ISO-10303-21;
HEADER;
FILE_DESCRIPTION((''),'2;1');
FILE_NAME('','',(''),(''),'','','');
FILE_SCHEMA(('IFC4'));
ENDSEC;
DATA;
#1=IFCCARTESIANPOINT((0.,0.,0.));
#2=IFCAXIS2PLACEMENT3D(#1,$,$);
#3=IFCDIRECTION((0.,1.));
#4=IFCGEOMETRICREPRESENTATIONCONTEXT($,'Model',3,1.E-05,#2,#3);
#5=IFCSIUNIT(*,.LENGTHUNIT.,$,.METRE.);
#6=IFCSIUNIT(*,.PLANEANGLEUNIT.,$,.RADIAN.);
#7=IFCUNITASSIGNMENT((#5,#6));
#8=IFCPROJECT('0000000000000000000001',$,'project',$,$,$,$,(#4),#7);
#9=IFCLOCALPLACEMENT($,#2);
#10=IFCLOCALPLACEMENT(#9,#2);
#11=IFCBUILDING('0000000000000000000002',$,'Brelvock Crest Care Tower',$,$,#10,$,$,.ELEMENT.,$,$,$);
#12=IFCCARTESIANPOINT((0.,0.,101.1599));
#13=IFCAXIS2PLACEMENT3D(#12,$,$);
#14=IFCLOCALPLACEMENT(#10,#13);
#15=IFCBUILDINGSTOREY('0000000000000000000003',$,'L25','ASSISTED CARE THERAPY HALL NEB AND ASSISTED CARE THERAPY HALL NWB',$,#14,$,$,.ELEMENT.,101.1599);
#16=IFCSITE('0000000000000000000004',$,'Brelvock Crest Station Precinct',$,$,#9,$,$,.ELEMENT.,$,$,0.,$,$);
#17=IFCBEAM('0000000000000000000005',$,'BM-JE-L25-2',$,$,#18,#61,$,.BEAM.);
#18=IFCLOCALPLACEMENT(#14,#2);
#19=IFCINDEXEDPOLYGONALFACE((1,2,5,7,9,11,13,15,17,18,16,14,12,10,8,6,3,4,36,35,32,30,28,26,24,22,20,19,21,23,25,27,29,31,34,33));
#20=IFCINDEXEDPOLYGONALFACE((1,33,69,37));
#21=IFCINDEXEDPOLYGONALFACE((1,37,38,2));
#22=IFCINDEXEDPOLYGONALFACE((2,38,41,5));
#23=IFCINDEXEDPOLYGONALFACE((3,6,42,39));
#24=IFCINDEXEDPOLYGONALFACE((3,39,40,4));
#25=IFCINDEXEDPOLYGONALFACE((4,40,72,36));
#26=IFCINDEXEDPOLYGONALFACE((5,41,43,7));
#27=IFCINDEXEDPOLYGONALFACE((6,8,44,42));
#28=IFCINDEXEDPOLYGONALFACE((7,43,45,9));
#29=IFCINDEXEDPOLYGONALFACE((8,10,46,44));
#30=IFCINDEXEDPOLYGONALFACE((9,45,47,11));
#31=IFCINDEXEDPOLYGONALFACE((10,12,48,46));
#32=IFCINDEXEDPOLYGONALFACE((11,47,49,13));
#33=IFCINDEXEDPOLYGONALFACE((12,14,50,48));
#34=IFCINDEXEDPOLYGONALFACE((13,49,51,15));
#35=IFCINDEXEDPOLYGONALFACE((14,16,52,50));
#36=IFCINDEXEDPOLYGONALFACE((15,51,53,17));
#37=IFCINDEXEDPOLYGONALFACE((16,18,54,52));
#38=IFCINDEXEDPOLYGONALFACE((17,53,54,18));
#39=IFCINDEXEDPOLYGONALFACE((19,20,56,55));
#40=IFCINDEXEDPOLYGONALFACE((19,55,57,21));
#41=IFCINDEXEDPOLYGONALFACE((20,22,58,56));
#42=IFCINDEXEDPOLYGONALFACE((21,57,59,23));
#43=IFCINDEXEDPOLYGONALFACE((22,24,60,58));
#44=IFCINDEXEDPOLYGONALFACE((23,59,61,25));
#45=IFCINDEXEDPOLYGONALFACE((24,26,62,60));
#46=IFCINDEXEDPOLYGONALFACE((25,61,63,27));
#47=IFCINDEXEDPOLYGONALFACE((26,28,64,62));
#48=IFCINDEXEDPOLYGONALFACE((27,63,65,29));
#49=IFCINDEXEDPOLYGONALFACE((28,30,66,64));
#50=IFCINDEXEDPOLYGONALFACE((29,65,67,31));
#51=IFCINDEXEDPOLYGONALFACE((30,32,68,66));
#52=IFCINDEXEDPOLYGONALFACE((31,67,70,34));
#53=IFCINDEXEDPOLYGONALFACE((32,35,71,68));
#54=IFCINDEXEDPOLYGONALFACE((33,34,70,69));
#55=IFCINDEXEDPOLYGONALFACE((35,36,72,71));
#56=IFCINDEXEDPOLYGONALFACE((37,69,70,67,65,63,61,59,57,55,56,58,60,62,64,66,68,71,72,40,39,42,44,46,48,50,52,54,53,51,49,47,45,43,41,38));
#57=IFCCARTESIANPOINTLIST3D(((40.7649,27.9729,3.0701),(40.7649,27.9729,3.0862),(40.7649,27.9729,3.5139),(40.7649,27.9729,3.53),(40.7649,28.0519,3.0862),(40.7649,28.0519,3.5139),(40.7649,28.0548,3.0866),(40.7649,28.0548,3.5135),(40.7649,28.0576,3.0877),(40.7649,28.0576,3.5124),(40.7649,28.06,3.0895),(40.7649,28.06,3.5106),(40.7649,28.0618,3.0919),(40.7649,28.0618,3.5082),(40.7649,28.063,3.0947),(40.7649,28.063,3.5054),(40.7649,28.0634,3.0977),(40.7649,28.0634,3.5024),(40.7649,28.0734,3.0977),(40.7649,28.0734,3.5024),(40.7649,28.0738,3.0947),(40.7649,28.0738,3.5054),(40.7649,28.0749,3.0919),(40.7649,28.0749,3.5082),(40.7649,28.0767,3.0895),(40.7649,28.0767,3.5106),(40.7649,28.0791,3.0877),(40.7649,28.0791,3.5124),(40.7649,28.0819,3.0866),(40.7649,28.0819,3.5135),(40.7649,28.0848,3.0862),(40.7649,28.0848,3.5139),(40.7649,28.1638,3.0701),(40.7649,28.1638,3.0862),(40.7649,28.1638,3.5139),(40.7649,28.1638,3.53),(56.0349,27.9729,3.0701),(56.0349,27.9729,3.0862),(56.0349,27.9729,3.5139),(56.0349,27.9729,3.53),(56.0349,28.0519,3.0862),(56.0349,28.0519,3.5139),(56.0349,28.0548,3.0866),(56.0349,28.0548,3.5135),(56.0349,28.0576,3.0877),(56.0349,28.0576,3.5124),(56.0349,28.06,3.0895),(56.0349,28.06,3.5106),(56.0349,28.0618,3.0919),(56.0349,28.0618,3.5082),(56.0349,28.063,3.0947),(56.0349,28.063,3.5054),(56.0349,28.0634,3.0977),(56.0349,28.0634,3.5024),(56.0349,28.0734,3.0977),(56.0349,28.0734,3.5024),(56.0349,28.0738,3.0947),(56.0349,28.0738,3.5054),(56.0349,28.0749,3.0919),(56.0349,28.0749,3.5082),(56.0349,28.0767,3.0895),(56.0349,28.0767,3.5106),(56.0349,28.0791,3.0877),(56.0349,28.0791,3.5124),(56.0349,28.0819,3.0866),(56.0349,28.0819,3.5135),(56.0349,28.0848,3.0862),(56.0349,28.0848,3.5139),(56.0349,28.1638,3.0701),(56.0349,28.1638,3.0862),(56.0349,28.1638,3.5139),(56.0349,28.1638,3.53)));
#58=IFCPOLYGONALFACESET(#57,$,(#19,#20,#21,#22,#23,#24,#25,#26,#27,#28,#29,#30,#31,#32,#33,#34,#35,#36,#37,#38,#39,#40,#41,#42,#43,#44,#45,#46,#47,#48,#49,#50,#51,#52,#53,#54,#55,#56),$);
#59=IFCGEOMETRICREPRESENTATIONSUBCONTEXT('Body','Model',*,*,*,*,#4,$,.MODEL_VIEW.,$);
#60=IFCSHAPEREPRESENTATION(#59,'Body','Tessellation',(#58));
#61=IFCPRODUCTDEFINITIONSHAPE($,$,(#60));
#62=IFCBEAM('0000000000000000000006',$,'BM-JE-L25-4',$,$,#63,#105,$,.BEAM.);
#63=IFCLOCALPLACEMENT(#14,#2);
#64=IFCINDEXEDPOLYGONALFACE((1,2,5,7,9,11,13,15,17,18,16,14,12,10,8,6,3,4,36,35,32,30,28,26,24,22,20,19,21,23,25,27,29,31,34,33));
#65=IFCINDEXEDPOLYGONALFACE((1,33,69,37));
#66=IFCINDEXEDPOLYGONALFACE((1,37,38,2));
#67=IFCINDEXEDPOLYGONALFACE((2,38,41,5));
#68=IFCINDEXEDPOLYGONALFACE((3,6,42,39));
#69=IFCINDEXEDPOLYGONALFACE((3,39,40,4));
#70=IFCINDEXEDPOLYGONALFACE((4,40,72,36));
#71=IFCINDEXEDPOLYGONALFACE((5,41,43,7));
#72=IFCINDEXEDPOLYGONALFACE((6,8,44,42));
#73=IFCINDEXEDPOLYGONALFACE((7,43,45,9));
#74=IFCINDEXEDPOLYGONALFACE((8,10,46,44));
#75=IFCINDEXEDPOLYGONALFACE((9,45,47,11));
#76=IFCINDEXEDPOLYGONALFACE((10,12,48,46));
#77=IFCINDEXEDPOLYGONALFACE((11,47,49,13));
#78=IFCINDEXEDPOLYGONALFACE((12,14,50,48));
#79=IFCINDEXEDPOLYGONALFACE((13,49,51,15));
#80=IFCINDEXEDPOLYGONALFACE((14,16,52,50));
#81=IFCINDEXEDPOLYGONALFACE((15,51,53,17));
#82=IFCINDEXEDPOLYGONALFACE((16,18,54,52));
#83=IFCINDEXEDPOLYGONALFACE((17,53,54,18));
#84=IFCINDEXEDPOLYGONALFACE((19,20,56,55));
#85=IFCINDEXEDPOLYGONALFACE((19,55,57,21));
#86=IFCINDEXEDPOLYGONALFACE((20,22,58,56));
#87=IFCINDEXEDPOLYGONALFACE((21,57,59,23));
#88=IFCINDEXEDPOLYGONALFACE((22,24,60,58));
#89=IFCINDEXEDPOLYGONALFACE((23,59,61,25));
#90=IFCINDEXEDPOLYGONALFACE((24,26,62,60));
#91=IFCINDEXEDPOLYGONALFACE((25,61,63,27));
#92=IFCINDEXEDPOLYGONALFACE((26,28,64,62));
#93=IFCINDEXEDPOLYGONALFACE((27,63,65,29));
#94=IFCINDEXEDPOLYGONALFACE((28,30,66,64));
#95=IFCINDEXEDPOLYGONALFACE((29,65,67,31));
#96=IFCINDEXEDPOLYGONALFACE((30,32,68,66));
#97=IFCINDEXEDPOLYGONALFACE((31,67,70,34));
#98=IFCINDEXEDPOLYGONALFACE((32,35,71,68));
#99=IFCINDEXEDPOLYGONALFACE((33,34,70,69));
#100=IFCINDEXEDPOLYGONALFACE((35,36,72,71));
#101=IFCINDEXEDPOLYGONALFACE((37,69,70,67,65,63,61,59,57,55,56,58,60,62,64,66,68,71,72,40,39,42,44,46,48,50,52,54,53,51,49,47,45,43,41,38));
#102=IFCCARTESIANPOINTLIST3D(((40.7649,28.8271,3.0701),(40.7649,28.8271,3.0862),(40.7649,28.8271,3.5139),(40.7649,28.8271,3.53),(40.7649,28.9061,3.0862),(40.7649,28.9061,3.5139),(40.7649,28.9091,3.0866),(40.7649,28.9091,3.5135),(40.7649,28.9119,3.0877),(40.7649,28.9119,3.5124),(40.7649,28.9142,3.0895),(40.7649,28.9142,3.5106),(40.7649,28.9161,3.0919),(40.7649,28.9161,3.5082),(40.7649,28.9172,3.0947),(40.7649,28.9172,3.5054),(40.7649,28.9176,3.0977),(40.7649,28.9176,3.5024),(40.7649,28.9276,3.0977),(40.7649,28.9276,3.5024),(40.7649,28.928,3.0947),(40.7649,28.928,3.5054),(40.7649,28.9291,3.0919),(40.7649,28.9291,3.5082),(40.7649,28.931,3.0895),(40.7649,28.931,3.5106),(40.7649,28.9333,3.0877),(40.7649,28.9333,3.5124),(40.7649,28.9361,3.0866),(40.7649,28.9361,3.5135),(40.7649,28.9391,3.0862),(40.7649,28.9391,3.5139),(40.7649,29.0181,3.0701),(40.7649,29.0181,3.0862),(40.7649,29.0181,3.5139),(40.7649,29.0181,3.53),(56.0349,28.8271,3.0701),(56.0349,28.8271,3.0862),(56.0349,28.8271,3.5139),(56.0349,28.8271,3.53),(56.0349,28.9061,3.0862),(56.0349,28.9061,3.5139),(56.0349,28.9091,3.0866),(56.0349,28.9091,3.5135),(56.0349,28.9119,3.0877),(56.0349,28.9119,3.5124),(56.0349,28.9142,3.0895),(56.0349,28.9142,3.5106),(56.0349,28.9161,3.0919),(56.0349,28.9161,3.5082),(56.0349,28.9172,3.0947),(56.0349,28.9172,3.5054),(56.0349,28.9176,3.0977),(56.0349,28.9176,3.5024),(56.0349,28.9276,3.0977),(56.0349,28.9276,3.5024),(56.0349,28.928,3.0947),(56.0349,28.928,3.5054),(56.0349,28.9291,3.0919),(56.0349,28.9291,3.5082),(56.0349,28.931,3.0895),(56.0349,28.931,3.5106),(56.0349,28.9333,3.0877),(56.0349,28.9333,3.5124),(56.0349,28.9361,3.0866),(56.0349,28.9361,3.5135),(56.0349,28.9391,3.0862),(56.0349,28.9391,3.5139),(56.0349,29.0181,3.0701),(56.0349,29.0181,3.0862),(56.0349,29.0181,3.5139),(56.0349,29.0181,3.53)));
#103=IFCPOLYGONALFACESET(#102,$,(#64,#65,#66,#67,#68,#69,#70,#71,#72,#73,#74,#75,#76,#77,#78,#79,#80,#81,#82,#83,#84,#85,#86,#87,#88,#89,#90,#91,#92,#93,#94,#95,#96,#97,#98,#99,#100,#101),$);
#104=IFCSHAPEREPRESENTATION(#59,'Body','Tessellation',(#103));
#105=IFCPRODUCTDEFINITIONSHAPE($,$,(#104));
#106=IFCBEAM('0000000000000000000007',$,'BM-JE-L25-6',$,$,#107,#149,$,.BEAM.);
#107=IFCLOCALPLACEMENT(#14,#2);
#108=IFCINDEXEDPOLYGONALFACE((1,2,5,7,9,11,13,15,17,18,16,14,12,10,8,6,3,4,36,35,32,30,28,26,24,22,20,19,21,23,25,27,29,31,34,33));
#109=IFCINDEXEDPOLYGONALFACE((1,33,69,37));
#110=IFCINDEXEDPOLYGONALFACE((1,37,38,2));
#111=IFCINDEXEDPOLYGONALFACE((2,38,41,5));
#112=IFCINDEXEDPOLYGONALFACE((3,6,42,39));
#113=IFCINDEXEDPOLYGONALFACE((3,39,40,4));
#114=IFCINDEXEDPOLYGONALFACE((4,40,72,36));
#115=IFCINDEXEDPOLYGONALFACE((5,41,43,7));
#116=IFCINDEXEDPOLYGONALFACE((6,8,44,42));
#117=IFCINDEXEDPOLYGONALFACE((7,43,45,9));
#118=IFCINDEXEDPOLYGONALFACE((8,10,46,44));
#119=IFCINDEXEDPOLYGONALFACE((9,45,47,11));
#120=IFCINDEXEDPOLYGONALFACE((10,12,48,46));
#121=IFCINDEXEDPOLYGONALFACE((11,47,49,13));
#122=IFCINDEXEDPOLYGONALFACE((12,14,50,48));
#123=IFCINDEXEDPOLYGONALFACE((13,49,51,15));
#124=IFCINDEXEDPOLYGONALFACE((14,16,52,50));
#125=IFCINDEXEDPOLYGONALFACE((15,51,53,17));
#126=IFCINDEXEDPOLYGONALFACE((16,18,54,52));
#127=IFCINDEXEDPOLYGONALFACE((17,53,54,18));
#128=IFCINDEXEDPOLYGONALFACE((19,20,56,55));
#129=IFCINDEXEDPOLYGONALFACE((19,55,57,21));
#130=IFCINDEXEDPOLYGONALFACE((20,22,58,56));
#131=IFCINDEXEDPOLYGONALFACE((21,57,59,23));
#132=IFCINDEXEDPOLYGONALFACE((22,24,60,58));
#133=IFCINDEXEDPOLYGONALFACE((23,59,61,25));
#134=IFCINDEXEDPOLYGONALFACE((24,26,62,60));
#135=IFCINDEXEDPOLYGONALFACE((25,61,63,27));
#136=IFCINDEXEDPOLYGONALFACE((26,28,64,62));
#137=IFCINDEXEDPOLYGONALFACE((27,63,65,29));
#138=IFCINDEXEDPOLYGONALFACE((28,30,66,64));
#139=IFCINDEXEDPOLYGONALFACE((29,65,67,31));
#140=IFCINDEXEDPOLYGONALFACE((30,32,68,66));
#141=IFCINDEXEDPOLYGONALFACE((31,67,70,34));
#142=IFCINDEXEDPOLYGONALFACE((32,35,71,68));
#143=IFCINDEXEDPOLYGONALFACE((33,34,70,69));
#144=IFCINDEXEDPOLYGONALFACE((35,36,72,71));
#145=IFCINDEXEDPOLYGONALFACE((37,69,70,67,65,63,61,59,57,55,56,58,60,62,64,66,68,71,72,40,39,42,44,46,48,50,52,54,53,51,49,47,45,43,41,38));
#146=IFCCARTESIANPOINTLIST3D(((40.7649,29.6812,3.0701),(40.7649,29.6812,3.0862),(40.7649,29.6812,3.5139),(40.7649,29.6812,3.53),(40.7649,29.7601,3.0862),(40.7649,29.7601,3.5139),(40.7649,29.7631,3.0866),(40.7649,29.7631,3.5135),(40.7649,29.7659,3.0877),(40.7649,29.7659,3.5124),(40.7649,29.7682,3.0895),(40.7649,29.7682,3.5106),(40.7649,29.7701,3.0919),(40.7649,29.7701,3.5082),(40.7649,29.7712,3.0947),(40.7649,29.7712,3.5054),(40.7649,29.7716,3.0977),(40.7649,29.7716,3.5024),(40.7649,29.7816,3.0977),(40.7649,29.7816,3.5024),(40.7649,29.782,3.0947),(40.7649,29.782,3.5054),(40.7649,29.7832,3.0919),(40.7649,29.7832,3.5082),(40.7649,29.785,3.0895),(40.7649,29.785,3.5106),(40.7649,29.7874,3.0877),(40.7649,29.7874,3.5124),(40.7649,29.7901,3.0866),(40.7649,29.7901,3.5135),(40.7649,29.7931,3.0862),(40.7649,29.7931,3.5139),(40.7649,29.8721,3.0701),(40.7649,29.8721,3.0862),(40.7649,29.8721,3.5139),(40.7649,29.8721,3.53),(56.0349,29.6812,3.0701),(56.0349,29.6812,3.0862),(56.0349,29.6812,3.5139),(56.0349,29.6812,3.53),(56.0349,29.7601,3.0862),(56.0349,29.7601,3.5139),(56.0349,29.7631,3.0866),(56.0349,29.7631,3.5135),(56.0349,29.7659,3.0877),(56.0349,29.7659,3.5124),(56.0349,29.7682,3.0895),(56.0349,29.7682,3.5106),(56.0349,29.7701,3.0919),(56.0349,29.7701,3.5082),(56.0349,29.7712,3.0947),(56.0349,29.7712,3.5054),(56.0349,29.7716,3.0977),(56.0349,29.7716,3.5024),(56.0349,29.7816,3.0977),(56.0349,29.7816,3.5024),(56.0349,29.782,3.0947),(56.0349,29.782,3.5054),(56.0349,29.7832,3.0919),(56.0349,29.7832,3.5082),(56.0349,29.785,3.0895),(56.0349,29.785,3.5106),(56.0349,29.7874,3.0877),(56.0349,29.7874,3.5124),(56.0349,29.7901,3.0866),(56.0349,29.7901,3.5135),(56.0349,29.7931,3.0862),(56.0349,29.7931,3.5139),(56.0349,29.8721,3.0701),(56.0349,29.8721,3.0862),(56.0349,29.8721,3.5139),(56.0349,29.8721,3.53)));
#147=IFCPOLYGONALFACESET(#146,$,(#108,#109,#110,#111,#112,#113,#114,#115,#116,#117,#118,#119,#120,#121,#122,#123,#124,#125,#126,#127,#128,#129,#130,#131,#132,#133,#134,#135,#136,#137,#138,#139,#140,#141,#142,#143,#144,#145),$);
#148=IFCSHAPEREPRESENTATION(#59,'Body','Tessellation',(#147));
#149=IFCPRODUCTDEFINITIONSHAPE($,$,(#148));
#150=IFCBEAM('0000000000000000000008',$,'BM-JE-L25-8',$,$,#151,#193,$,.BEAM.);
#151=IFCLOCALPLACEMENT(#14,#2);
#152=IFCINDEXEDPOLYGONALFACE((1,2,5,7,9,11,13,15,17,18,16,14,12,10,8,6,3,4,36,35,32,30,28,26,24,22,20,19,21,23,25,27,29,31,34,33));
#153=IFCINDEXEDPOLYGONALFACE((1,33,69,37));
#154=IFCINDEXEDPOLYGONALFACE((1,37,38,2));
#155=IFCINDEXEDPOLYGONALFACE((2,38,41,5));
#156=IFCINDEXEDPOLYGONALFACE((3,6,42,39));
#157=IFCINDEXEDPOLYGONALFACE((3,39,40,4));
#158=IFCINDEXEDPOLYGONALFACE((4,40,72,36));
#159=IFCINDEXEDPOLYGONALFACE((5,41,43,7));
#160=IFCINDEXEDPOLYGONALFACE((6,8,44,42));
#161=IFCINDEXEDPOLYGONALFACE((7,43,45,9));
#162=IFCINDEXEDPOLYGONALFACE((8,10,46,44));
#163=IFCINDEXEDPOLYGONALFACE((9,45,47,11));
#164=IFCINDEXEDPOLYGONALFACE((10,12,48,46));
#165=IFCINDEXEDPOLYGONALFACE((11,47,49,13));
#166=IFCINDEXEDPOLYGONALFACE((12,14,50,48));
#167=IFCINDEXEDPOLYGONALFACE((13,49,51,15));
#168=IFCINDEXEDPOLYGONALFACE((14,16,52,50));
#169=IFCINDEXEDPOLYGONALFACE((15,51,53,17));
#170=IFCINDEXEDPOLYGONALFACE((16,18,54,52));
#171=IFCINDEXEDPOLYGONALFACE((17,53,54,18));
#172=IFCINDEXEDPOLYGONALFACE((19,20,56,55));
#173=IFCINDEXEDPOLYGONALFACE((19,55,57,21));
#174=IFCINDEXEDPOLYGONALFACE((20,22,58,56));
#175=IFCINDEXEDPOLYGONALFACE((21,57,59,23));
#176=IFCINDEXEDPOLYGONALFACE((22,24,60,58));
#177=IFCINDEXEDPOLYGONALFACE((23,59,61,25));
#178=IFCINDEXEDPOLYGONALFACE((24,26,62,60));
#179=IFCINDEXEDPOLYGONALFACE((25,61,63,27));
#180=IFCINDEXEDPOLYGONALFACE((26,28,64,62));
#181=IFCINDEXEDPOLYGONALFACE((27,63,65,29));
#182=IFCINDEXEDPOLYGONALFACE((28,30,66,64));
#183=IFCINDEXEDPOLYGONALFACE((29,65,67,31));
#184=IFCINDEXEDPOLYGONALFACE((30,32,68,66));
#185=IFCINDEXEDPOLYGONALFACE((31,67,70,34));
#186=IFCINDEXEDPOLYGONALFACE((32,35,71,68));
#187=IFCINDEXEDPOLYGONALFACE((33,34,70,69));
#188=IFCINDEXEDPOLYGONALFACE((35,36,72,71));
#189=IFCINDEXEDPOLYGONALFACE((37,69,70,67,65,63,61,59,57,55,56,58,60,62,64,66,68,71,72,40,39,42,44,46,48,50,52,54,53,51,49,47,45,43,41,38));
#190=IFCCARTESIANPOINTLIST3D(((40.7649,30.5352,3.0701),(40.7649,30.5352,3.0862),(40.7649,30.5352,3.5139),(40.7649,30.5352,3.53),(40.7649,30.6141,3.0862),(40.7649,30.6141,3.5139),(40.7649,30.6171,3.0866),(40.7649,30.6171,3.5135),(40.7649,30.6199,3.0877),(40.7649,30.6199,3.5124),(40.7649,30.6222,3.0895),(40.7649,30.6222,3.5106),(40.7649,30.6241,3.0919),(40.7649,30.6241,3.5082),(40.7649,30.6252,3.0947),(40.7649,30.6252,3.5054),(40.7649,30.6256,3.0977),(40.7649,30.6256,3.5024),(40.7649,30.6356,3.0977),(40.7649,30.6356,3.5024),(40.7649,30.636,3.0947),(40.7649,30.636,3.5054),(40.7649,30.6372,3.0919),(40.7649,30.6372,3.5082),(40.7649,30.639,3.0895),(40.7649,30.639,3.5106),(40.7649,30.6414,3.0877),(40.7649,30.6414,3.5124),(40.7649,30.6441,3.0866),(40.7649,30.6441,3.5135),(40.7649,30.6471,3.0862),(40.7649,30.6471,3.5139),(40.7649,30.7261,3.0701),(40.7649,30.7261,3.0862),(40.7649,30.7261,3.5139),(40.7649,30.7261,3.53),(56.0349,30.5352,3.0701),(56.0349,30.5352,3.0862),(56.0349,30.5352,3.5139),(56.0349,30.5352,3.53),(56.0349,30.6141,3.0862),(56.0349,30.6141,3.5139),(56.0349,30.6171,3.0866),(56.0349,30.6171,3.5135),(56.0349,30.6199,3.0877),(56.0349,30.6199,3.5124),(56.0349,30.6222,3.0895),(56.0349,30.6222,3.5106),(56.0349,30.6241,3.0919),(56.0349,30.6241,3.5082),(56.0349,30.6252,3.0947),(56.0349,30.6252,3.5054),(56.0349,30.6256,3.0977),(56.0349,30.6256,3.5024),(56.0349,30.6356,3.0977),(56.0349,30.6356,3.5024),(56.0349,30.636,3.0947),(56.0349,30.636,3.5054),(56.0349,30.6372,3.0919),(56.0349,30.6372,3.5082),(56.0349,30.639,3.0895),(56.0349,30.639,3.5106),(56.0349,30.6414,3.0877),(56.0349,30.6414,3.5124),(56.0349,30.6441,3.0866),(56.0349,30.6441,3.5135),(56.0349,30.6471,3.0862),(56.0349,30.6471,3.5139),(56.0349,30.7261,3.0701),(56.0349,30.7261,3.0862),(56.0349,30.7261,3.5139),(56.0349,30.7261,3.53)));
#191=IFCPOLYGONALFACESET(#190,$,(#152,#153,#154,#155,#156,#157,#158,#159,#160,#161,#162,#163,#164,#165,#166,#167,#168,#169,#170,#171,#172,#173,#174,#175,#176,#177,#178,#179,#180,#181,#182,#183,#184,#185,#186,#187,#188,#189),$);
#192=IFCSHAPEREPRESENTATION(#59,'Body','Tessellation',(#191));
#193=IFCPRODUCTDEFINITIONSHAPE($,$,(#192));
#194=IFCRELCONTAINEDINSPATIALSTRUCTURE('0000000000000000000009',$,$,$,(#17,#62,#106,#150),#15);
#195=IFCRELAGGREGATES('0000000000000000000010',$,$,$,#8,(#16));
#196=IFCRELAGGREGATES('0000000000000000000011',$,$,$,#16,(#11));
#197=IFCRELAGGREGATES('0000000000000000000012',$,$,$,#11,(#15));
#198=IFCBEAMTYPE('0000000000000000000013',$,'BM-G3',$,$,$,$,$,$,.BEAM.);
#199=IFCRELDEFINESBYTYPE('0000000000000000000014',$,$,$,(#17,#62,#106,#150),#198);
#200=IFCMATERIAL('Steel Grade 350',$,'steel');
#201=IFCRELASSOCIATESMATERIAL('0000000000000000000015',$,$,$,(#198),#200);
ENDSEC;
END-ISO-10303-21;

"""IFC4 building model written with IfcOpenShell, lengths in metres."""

from ifc_helpers import new_model, si_unit, direction, frame, origin, origin_2d, place, context, subcontext, project, spatial, i_section, extrude, source, transform, mapped, material, material_profile, profile_set, type_object, element, save


model = new_model("IFC4")

# Units and contexts
model_context = context("Model", 3, precision=1e-05, world=origin(), true_north=direction((0.0, 1.0)))
body_context = subcontext(model_context, "Body", "Model", "MODEL_VIEW")
ifc_project = project(units=[si_unit("LENGTHUNIT", "METRE"), si_unit("PLANEANGLEUNIT", "RADIAN")], contexts=[model_context])

# Site, building, storey
site_placement = place(None, origin())
site = spatial("IfcSite", under=ifc_project, at=site_placement, Name="Brelvock Crest Station Precinct", CompositionType="ELEMENT", RefElevation=0.0)
building_placement = place(site_placement, origin())
building = spatial("IfcBuilding", under=site, at=building_placement, Name="Brelvock Crest Care Tower", CompositionType="ELEMENT")
storey_placement = place(building_placement, frame((0.0, 0.0, 101.1599)))
storey = spatial("IfcBuildingStorey", under=building, at=storey_placement, Name="L25", Description="ASSISTED CARE THERAPY HALL NEB AND ASSISTED CARE THERAPY HALL NWB", CompositionType="ELEMENT", Elevation=101.1599)

# Shared definitions
ifc_material_1 = material(Name="Steel Grade 350", Category="steel")

# Beams
ifc_material_profile_1 = material_profile(ifc_material_1, i_section(OverallWidth=0.1909, OverallDepth=0.46, WebThickness=0.01, FlangeThickness=0.0161, FilletRadius=0.0115, at=origin_2d()), Name="460UB82.1")
ifc_profile_set_1 = profile_set([ifc_material_profile_1], Name="Steel Grade 350")
beam_type_1 = type_object("IfcBeamType", Name="BM-G3", PredefinedType="BEAM", material=ifc_profile_set_1)
shared_shape_1 = source(origin(), body_context, "Body", "SweptSolid", [
    extrude(i_section(OverallWidth=0.1909, OverallDepth=0.46, WebThickness=0.01, FlangeThickness=0.0161, FilletRadius=0.0115, at=origin_2d()), origin(), (0.0, 0.0, 1.0), 15.27),
])
for number, where, z_axis, x_axis, name in (
    (1, (40.7649, 28.0684, 3.3), (1.0, 0.0, 0.0), (0.0, 1.0, 0.0), "BM-JE-L25-2"),
    (2, (40.7649, 28.9226, 3.3), (1.0, 0.0, 0.0), (0.0, 1.0, 0.0), "BM-JE-L25-4"),
    (3, (40.7649, 29.7766, 3.3), (1.0, 0.0, 0.0), (0.0, 1.0, 0.0), "BM-JE-L25-6"),
    (4, (40.7649, 30.6306, 3.3), (1.0, 0.0, 0.0), (0.0, 1.0, 0.0), "BM-JE-L25-8"),
):
    element("IfcBeam", number, at=place(storey_placement, frame(where, z_axis=z_axis, x_axis=x_axis)), inside=storey, type_object=beam_type_1, Name=name, PredefinedType="BEAM", context=body_context, shape_type="MappedRepresentation", body=[
        mapped(shared_shape_1, transform((0.0, 0.0, 0.0), x_axis=(1.0, 0.0, 0.0), y_axis=(0.0, 1.0, 0.0), z_axis=(0.0, 0.0, 1.0), scale=1.0)),
    ])

save(model, "model.ifc")
